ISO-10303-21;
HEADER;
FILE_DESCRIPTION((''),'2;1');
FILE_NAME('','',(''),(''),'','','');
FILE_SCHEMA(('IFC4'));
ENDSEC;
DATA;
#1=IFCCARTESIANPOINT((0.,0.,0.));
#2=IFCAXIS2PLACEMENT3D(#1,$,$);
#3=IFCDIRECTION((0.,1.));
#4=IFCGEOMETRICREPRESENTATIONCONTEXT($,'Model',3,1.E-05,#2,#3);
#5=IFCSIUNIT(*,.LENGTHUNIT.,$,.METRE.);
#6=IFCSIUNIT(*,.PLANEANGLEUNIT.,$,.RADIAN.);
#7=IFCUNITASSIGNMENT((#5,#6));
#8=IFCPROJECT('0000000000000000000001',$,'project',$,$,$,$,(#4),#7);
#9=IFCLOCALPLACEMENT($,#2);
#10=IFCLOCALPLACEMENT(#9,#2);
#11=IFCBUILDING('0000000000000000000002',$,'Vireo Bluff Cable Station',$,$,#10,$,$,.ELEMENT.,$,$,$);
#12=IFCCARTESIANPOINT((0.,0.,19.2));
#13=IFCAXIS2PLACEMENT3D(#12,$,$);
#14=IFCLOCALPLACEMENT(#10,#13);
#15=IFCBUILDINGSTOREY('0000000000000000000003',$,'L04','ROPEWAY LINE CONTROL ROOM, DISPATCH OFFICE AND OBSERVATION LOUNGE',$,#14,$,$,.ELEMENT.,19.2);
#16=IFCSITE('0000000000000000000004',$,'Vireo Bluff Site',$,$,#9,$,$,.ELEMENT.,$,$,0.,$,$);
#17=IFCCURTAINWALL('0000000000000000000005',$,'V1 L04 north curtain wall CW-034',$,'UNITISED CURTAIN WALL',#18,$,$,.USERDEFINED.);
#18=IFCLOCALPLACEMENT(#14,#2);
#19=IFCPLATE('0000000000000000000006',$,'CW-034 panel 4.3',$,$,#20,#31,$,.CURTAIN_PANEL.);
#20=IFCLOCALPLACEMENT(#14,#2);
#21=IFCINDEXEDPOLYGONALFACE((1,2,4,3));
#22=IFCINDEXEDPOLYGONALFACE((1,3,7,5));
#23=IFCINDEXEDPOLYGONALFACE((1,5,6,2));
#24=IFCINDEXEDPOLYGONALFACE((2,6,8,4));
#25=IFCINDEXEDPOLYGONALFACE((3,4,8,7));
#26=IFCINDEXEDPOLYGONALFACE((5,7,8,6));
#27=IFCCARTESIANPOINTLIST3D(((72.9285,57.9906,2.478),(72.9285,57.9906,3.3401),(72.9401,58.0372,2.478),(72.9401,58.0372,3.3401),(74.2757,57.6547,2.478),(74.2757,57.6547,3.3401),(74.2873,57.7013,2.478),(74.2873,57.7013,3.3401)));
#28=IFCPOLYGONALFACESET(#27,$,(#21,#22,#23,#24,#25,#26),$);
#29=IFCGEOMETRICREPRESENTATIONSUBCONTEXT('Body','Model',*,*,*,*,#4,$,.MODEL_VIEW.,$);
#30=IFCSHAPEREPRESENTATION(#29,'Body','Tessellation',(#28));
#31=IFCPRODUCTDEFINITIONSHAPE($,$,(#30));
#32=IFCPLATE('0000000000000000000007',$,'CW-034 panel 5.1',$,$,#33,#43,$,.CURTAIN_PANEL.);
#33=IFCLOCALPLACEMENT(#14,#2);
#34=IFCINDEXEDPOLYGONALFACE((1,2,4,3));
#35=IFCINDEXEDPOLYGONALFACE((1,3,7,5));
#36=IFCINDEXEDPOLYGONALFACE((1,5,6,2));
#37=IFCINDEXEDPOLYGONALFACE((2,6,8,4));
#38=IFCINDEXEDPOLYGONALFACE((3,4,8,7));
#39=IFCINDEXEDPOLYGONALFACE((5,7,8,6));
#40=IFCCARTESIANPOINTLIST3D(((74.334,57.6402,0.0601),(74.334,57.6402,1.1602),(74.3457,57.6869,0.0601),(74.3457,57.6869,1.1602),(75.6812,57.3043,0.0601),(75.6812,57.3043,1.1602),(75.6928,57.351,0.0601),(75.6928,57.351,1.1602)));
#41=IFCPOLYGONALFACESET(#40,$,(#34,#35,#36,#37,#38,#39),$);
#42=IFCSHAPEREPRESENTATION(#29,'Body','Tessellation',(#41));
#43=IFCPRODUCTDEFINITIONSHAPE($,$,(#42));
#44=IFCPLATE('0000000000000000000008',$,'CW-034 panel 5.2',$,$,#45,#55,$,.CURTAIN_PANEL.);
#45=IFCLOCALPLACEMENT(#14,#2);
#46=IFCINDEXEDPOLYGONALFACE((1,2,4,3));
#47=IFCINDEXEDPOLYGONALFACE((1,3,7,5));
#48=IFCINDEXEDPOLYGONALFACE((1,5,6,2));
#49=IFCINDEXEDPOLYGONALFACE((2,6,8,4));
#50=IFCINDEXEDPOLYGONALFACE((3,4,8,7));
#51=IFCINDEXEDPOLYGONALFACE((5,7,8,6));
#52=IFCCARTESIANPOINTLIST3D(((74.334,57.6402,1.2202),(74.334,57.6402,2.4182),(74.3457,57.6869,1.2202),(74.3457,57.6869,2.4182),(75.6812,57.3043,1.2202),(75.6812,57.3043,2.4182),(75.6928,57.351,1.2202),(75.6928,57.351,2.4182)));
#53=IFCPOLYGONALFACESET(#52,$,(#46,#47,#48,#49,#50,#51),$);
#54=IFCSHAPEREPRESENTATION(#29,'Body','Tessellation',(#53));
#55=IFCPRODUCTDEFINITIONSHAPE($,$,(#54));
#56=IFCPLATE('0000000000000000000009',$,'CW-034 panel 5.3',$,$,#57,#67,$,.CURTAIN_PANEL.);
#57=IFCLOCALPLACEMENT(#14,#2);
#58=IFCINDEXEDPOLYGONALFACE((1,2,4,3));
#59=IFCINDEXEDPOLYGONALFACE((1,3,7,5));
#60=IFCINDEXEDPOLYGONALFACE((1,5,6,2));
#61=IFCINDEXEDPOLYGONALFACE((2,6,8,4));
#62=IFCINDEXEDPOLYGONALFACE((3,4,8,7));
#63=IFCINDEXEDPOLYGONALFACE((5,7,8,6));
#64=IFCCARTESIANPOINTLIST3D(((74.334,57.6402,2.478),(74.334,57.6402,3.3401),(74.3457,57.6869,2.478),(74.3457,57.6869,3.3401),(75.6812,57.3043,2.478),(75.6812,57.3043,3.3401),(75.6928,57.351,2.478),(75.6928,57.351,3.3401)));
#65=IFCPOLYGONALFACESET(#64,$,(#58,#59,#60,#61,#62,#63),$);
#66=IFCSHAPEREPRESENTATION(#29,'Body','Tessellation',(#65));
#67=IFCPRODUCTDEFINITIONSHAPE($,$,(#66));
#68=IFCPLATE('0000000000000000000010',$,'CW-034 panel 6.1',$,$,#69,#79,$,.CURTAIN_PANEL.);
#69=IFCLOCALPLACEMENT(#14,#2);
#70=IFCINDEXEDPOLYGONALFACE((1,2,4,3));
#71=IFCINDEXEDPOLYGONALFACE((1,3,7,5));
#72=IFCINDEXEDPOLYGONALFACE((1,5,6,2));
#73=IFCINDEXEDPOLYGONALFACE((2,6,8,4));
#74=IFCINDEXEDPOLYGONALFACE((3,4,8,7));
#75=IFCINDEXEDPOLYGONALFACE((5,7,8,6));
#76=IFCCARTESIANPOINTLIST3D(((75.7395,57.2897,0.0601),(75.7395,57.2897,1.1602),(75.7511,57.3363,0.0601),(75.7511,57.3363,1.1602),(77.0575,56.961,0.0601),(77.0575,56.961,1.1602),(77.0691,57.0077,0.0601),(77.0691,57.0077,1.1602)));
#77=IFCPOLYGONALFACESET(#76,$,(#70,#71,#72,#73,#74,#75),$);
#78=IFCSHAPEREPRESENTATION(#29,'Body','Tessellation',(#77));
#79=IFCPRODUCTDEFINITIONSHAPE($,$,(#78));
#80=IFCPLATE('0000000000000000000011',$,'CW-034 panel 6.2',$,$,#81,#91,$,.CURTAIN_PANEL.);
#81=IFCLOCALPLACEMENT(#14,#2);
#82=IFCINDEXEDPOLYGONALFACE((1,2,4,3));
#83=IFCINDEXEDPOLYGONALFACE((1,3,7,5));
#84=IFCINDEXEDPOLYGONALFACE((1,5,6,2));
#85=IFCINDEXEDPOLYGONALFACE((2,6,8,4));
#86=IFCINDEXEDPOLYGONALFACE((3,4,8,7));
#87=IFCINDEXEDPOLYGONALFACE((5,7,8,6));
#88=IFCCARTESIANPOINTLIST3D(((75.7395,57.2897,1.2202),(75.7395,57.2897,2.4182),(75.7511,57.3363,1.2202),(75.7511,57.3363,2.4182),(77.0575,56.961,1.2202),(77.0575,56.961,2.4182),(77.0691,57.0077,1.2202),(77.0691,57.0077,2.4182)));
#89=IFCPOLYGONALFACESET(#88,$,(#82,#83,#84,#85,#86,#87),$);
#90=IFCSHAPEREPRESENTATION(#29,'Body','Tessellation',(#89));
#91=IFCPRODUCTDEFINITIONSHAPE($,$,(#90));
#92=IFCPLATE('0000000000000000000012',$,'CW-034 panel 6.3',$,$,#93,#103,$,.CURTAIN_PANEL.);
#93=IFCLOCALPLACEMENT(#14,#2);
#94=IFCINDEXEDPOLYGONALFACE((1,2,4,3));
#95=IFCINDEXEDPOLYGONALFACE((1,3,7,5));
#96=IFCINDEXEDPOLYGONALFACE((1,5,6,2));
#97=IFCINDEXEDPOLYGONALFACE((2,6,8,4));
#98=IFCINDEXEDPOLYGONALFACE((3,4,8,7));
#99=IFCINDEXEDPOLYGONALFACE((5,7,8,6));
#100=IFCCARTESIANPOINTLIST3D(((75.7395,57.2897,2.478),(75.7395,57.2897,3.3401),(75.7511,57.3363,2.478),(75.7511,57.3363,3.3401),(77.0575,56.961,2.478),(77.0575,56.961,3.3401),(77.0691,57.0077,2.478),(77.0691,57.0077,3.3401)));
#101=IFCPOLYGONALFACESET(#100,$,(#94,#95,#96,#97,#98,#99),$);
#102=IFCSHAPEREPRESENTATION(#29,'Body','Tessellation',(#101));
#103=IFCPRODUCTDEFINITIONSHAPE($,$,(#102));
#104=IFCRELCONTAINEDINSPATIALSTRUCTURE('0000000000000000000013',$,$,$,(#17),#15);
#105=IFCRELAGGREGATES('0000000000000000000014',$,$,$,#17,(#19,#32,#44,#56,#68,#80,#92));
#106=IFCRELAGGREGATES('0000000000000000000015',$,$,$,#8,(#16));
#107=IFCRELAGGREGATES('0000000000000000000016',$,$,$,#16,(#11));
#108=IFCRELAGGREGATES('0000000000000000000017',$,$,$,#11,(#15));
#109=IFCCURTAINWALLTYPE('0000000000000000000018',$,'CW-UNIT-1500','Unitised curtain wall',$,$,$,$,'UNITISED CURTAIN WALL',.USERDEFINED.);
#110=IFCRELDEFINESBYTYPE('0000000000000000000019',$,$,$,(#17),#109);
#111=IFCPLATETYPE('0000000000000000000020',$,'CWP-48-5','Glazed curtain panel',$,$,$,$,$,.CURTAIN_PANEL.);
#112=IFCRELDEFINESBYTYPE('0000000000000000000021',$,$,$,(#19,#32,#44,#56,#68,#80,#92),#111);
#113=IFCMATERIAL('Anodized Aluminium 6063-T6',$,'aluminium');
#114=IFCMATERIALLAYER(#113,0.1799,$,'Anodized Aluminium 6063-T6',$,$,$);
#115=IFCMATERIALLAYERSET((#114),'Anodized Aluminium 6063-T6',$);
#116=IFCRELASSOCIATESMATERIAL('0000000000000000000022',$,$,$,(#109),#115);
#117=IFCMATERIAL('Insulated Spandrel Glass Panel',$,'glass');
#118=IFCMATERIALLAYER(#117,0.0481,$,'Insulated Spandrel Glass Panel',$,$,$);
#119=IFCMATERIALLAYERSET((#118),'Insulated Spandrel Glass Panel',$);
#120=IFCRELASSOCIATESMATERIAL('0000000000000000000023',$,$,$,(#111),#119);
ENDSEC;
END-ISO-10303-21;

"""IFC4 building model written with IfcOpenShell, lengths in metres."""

from ifc_helpers import new_model, si_unit, direction, frame, origin, origin_2d, place, context, subcontext, project, spatial, rectangle, extrude, material, layer, layer_set, type_object, element, aggregate, save


model = new_model("IFC4")

# Units and contexts
model_context = context("Model", 3, precision=1e-05, world=origin(), true_north=direction((0.0, 1.0)))
body_context = subcontext(model_context, "Body", "Model", "MODEL_VIEW")
ifc_project = project(units=[si_unit("LENGTHUNIT", "METRE"), si_unit("PLANEANGLEUNIT", "RADIAN")], contexts=[model_context])

# Site, building, storey
site_placement = place(None, origin())
site = spatial("IfcSite", under=ifc_project, at=site_placement, Name="Vireo Bluff Site", CompositionType="ELEMENT", RefElevation=0.0)
building_placement = place(site_placement, origin())
building = spatial("IfcBuilding", under=site, at=building_placement, Name="Vireo Bluff Cable Station", CompositionType="ELEMENT")
storey_placement = place(building_placement, frame((0.0, 0.0, 19.2)))
storey = spatial("IfcBuildingStorey", under=building, at=storey_placement, Name="L04", Description="ROPEWAY LINE CONTROL ROOM, DISPATCH OFFICE AND OBSERVATION LOUNGE", CompositionType="ELEMENT", Elevation=19.2)

# Curtain wall
ifc_material_1 = material(Name="Anodized Aluminium 6063-T6", Category="aluminium")
ifc_layer_1 = layer(ifc_material_1, 0.1799, Name="Anodized Aluminium 6063-T6")
ifc_layer_set_1 = layer_set([ifc_layer_1], Name="Anodized Aluminium 6063-T6")
curtain_wall_type_1 = type_object("IfcCurtainWallType", Name="CW-UNIT-1500", Description="Unitised curtain wall", ElementType="UNITISED CURTAIN WALL", PredefinedType="USERDEFINED", material=ifc_layer_set_1)
curtain_wall_1_placement = place(storey_placement, origin())
curtain_wall_1 = element("IfcCurtainWall", 1, at=curtain_wall_1_placement, inside=storey, type_object=curtain_wall_type_1, Name="V1 L04 north curtain wall CW-034", ObjectType="UNITISED CURTAIN WALL", PredefinedType="USERDEFINED")

# Plates
ifc_material_2 = material(Name="Insulated Spandrel Glass Panel", Category="glass")
ifc_layer_2 = layer(ifc_material_2, 0.0481, Name="Insulated Spandrel Glass Panel")
ifc_layer_set_2 = layer_set([ifc_layer_2], Name="Insulated Spandrel Glass Panel")
plate_type = type_object("IfcPlateType", Name="CWP-48-5", Description="Glazed curtain panel", PredefinedType="CURTAIN_PANEL", material=ifc_layer_set_2)
plate_1_placement = place(storey_placement, frame((73.6079, 57.8459, 2.478), z_axis=(0.0, 0.0, 1.0), x_axis=(0.970296, -0.241922, 0.0)))
plate_1 = element("IfcPlate", 2, at=plate_1_placement, type_object=plate_type, Name="CW-034 panel 4.3", PredefinedType="CURTAIN_PANEL", context=body_context, shape_type="SweptSolid", body=[
    extrude(rectangle(XDim=1.3884, YDim=0.0481, at=origin_2d()), origin(), (0.0, 0.0, 1.0), 0.8621),
])
plate_2_placement = place(storey_placement, frame((75.0134, 57.4956, 0.0601), z_axis=(0.0, 0.0, 1.0), x_axis=(0.970296, -0.241922, 0.0)))
plate_2 = element("IfcPlate", 3, at=plate_2_placement, type_object=plate_type, Name="CW-034 panel 5.1", PredefinedType="CURTAIN_PANEL", context=body_context, shape_type="SweptSolid", body=[
    extrude(rectangle(XDim=1.3884, YDim=0.0481, at=origin_2d()), origin(), (0.0, 0.0, 1.0), 1.1001),
])
plate_3_placement = place(storey_placement, frame((75.0134, 57.4956, 1.2202), z_axis=(0.0, 0.0, 1.0), x_axis=(0.970296, -0.241922, 0.0)))
plate_3 = element("IfcPlate", 4, at=plate_3_placement, type_object=plate_type, Name="CW-034 panel 5.2", PredefinedType="CURTAIN_PANEL", context=body_context, shape_type="SweptSolid", body=[
    extrude(rectangle(XDim=1.3884, YDim=0.0481, at=origin_2d()), origin(), (0.0, 0.0, 1.0), 1.198),
])
plate_4_placement = place(storey_placement, frame((75.0134, 57.4956, 2.478), z_axis=(0.0, 0.0, 1.0), x_axis=(0.970296, -0.241922, 0.0)))
plate_4 = element("IfcPlate", 5, at=plate_4_placement, type_object=plate_type, Name="CW-034 panel 5.3", PredefinedType="CURTAIN_PANEL", context=body_context, shape_type="SweptSolid", body=[
    extrude(rectangle(XDim=1.3884, YDim=0.0481, at=origin_2d()), origin(), (0.0, 0.0, 1.0), 0.8621),
])
plate_5_placement = place(storey_placement, frame((76.4043, 57.1487, 0.0601), z_axis=(0.0, 0.0, 1.0), x_axis=(0.970296, -0.241922, 0.0)))
plate_5 = element("IfcPlate", 6, at=plate_5_placement, type_object=plate_type, Name="CW-034 panel 6.1", PredefinedType="CURTAIN_PANEL", context=body_context, shape_type="SweptSolid", body=[
    extrude(rectangle(XDim=1.3584, YDim=0.0481, at=origin_2d()), origin(), (0.0, 0.0, 1.0), 1.1001),
])
plate_6_placement = place(storey_placement, frame((76.4043, 57.1487, 1.2202), z_axis=(0.0, 0.0, 1.0), x_axis=(0.970296, -0.241922, 0.0)))
plate_6 = element("IfcPlate", 7, at=plate_6_placement, type_object=plate_type, Name="CW-034 panel 6.2", PredefinedType="CURTAIN_PANEL", context=body_context, shape_type="SweptSolid", body=[
    extrude(rectangle(XDim=1.3584, YDim=0.0481, at=origin_2d()), origin(), (0.0, 0.0, 1.0), 1.198),
])
plate_7_placement = place(storey_placement, frame((76.4043, 57.1487, 2.478), z_axis=(0.0, 0.0, 1.0), x_axis=(0.970296, -0.241922, 0.0)))
plate_7 = element("IfcPlate", 8, at=plate_7_placement, type_object=plate_type, Name="CW-034 panel 6.3", PredefinedType="CURTAIN_PANEL", context=body_context, shape_type="SweptSolid", body=[
    extrude(rectangle(XDim=1.3584, YDim=0.0481, at=origin_2d()), origin(), (0.0, 0.0, 1.0), 0.8621),
])
aggregate(curtain_wall_1, [plate_1, plate_2, plate_3, plate_4, plate_5, plate_6, plate_7])

save(model, "model.ifc")
